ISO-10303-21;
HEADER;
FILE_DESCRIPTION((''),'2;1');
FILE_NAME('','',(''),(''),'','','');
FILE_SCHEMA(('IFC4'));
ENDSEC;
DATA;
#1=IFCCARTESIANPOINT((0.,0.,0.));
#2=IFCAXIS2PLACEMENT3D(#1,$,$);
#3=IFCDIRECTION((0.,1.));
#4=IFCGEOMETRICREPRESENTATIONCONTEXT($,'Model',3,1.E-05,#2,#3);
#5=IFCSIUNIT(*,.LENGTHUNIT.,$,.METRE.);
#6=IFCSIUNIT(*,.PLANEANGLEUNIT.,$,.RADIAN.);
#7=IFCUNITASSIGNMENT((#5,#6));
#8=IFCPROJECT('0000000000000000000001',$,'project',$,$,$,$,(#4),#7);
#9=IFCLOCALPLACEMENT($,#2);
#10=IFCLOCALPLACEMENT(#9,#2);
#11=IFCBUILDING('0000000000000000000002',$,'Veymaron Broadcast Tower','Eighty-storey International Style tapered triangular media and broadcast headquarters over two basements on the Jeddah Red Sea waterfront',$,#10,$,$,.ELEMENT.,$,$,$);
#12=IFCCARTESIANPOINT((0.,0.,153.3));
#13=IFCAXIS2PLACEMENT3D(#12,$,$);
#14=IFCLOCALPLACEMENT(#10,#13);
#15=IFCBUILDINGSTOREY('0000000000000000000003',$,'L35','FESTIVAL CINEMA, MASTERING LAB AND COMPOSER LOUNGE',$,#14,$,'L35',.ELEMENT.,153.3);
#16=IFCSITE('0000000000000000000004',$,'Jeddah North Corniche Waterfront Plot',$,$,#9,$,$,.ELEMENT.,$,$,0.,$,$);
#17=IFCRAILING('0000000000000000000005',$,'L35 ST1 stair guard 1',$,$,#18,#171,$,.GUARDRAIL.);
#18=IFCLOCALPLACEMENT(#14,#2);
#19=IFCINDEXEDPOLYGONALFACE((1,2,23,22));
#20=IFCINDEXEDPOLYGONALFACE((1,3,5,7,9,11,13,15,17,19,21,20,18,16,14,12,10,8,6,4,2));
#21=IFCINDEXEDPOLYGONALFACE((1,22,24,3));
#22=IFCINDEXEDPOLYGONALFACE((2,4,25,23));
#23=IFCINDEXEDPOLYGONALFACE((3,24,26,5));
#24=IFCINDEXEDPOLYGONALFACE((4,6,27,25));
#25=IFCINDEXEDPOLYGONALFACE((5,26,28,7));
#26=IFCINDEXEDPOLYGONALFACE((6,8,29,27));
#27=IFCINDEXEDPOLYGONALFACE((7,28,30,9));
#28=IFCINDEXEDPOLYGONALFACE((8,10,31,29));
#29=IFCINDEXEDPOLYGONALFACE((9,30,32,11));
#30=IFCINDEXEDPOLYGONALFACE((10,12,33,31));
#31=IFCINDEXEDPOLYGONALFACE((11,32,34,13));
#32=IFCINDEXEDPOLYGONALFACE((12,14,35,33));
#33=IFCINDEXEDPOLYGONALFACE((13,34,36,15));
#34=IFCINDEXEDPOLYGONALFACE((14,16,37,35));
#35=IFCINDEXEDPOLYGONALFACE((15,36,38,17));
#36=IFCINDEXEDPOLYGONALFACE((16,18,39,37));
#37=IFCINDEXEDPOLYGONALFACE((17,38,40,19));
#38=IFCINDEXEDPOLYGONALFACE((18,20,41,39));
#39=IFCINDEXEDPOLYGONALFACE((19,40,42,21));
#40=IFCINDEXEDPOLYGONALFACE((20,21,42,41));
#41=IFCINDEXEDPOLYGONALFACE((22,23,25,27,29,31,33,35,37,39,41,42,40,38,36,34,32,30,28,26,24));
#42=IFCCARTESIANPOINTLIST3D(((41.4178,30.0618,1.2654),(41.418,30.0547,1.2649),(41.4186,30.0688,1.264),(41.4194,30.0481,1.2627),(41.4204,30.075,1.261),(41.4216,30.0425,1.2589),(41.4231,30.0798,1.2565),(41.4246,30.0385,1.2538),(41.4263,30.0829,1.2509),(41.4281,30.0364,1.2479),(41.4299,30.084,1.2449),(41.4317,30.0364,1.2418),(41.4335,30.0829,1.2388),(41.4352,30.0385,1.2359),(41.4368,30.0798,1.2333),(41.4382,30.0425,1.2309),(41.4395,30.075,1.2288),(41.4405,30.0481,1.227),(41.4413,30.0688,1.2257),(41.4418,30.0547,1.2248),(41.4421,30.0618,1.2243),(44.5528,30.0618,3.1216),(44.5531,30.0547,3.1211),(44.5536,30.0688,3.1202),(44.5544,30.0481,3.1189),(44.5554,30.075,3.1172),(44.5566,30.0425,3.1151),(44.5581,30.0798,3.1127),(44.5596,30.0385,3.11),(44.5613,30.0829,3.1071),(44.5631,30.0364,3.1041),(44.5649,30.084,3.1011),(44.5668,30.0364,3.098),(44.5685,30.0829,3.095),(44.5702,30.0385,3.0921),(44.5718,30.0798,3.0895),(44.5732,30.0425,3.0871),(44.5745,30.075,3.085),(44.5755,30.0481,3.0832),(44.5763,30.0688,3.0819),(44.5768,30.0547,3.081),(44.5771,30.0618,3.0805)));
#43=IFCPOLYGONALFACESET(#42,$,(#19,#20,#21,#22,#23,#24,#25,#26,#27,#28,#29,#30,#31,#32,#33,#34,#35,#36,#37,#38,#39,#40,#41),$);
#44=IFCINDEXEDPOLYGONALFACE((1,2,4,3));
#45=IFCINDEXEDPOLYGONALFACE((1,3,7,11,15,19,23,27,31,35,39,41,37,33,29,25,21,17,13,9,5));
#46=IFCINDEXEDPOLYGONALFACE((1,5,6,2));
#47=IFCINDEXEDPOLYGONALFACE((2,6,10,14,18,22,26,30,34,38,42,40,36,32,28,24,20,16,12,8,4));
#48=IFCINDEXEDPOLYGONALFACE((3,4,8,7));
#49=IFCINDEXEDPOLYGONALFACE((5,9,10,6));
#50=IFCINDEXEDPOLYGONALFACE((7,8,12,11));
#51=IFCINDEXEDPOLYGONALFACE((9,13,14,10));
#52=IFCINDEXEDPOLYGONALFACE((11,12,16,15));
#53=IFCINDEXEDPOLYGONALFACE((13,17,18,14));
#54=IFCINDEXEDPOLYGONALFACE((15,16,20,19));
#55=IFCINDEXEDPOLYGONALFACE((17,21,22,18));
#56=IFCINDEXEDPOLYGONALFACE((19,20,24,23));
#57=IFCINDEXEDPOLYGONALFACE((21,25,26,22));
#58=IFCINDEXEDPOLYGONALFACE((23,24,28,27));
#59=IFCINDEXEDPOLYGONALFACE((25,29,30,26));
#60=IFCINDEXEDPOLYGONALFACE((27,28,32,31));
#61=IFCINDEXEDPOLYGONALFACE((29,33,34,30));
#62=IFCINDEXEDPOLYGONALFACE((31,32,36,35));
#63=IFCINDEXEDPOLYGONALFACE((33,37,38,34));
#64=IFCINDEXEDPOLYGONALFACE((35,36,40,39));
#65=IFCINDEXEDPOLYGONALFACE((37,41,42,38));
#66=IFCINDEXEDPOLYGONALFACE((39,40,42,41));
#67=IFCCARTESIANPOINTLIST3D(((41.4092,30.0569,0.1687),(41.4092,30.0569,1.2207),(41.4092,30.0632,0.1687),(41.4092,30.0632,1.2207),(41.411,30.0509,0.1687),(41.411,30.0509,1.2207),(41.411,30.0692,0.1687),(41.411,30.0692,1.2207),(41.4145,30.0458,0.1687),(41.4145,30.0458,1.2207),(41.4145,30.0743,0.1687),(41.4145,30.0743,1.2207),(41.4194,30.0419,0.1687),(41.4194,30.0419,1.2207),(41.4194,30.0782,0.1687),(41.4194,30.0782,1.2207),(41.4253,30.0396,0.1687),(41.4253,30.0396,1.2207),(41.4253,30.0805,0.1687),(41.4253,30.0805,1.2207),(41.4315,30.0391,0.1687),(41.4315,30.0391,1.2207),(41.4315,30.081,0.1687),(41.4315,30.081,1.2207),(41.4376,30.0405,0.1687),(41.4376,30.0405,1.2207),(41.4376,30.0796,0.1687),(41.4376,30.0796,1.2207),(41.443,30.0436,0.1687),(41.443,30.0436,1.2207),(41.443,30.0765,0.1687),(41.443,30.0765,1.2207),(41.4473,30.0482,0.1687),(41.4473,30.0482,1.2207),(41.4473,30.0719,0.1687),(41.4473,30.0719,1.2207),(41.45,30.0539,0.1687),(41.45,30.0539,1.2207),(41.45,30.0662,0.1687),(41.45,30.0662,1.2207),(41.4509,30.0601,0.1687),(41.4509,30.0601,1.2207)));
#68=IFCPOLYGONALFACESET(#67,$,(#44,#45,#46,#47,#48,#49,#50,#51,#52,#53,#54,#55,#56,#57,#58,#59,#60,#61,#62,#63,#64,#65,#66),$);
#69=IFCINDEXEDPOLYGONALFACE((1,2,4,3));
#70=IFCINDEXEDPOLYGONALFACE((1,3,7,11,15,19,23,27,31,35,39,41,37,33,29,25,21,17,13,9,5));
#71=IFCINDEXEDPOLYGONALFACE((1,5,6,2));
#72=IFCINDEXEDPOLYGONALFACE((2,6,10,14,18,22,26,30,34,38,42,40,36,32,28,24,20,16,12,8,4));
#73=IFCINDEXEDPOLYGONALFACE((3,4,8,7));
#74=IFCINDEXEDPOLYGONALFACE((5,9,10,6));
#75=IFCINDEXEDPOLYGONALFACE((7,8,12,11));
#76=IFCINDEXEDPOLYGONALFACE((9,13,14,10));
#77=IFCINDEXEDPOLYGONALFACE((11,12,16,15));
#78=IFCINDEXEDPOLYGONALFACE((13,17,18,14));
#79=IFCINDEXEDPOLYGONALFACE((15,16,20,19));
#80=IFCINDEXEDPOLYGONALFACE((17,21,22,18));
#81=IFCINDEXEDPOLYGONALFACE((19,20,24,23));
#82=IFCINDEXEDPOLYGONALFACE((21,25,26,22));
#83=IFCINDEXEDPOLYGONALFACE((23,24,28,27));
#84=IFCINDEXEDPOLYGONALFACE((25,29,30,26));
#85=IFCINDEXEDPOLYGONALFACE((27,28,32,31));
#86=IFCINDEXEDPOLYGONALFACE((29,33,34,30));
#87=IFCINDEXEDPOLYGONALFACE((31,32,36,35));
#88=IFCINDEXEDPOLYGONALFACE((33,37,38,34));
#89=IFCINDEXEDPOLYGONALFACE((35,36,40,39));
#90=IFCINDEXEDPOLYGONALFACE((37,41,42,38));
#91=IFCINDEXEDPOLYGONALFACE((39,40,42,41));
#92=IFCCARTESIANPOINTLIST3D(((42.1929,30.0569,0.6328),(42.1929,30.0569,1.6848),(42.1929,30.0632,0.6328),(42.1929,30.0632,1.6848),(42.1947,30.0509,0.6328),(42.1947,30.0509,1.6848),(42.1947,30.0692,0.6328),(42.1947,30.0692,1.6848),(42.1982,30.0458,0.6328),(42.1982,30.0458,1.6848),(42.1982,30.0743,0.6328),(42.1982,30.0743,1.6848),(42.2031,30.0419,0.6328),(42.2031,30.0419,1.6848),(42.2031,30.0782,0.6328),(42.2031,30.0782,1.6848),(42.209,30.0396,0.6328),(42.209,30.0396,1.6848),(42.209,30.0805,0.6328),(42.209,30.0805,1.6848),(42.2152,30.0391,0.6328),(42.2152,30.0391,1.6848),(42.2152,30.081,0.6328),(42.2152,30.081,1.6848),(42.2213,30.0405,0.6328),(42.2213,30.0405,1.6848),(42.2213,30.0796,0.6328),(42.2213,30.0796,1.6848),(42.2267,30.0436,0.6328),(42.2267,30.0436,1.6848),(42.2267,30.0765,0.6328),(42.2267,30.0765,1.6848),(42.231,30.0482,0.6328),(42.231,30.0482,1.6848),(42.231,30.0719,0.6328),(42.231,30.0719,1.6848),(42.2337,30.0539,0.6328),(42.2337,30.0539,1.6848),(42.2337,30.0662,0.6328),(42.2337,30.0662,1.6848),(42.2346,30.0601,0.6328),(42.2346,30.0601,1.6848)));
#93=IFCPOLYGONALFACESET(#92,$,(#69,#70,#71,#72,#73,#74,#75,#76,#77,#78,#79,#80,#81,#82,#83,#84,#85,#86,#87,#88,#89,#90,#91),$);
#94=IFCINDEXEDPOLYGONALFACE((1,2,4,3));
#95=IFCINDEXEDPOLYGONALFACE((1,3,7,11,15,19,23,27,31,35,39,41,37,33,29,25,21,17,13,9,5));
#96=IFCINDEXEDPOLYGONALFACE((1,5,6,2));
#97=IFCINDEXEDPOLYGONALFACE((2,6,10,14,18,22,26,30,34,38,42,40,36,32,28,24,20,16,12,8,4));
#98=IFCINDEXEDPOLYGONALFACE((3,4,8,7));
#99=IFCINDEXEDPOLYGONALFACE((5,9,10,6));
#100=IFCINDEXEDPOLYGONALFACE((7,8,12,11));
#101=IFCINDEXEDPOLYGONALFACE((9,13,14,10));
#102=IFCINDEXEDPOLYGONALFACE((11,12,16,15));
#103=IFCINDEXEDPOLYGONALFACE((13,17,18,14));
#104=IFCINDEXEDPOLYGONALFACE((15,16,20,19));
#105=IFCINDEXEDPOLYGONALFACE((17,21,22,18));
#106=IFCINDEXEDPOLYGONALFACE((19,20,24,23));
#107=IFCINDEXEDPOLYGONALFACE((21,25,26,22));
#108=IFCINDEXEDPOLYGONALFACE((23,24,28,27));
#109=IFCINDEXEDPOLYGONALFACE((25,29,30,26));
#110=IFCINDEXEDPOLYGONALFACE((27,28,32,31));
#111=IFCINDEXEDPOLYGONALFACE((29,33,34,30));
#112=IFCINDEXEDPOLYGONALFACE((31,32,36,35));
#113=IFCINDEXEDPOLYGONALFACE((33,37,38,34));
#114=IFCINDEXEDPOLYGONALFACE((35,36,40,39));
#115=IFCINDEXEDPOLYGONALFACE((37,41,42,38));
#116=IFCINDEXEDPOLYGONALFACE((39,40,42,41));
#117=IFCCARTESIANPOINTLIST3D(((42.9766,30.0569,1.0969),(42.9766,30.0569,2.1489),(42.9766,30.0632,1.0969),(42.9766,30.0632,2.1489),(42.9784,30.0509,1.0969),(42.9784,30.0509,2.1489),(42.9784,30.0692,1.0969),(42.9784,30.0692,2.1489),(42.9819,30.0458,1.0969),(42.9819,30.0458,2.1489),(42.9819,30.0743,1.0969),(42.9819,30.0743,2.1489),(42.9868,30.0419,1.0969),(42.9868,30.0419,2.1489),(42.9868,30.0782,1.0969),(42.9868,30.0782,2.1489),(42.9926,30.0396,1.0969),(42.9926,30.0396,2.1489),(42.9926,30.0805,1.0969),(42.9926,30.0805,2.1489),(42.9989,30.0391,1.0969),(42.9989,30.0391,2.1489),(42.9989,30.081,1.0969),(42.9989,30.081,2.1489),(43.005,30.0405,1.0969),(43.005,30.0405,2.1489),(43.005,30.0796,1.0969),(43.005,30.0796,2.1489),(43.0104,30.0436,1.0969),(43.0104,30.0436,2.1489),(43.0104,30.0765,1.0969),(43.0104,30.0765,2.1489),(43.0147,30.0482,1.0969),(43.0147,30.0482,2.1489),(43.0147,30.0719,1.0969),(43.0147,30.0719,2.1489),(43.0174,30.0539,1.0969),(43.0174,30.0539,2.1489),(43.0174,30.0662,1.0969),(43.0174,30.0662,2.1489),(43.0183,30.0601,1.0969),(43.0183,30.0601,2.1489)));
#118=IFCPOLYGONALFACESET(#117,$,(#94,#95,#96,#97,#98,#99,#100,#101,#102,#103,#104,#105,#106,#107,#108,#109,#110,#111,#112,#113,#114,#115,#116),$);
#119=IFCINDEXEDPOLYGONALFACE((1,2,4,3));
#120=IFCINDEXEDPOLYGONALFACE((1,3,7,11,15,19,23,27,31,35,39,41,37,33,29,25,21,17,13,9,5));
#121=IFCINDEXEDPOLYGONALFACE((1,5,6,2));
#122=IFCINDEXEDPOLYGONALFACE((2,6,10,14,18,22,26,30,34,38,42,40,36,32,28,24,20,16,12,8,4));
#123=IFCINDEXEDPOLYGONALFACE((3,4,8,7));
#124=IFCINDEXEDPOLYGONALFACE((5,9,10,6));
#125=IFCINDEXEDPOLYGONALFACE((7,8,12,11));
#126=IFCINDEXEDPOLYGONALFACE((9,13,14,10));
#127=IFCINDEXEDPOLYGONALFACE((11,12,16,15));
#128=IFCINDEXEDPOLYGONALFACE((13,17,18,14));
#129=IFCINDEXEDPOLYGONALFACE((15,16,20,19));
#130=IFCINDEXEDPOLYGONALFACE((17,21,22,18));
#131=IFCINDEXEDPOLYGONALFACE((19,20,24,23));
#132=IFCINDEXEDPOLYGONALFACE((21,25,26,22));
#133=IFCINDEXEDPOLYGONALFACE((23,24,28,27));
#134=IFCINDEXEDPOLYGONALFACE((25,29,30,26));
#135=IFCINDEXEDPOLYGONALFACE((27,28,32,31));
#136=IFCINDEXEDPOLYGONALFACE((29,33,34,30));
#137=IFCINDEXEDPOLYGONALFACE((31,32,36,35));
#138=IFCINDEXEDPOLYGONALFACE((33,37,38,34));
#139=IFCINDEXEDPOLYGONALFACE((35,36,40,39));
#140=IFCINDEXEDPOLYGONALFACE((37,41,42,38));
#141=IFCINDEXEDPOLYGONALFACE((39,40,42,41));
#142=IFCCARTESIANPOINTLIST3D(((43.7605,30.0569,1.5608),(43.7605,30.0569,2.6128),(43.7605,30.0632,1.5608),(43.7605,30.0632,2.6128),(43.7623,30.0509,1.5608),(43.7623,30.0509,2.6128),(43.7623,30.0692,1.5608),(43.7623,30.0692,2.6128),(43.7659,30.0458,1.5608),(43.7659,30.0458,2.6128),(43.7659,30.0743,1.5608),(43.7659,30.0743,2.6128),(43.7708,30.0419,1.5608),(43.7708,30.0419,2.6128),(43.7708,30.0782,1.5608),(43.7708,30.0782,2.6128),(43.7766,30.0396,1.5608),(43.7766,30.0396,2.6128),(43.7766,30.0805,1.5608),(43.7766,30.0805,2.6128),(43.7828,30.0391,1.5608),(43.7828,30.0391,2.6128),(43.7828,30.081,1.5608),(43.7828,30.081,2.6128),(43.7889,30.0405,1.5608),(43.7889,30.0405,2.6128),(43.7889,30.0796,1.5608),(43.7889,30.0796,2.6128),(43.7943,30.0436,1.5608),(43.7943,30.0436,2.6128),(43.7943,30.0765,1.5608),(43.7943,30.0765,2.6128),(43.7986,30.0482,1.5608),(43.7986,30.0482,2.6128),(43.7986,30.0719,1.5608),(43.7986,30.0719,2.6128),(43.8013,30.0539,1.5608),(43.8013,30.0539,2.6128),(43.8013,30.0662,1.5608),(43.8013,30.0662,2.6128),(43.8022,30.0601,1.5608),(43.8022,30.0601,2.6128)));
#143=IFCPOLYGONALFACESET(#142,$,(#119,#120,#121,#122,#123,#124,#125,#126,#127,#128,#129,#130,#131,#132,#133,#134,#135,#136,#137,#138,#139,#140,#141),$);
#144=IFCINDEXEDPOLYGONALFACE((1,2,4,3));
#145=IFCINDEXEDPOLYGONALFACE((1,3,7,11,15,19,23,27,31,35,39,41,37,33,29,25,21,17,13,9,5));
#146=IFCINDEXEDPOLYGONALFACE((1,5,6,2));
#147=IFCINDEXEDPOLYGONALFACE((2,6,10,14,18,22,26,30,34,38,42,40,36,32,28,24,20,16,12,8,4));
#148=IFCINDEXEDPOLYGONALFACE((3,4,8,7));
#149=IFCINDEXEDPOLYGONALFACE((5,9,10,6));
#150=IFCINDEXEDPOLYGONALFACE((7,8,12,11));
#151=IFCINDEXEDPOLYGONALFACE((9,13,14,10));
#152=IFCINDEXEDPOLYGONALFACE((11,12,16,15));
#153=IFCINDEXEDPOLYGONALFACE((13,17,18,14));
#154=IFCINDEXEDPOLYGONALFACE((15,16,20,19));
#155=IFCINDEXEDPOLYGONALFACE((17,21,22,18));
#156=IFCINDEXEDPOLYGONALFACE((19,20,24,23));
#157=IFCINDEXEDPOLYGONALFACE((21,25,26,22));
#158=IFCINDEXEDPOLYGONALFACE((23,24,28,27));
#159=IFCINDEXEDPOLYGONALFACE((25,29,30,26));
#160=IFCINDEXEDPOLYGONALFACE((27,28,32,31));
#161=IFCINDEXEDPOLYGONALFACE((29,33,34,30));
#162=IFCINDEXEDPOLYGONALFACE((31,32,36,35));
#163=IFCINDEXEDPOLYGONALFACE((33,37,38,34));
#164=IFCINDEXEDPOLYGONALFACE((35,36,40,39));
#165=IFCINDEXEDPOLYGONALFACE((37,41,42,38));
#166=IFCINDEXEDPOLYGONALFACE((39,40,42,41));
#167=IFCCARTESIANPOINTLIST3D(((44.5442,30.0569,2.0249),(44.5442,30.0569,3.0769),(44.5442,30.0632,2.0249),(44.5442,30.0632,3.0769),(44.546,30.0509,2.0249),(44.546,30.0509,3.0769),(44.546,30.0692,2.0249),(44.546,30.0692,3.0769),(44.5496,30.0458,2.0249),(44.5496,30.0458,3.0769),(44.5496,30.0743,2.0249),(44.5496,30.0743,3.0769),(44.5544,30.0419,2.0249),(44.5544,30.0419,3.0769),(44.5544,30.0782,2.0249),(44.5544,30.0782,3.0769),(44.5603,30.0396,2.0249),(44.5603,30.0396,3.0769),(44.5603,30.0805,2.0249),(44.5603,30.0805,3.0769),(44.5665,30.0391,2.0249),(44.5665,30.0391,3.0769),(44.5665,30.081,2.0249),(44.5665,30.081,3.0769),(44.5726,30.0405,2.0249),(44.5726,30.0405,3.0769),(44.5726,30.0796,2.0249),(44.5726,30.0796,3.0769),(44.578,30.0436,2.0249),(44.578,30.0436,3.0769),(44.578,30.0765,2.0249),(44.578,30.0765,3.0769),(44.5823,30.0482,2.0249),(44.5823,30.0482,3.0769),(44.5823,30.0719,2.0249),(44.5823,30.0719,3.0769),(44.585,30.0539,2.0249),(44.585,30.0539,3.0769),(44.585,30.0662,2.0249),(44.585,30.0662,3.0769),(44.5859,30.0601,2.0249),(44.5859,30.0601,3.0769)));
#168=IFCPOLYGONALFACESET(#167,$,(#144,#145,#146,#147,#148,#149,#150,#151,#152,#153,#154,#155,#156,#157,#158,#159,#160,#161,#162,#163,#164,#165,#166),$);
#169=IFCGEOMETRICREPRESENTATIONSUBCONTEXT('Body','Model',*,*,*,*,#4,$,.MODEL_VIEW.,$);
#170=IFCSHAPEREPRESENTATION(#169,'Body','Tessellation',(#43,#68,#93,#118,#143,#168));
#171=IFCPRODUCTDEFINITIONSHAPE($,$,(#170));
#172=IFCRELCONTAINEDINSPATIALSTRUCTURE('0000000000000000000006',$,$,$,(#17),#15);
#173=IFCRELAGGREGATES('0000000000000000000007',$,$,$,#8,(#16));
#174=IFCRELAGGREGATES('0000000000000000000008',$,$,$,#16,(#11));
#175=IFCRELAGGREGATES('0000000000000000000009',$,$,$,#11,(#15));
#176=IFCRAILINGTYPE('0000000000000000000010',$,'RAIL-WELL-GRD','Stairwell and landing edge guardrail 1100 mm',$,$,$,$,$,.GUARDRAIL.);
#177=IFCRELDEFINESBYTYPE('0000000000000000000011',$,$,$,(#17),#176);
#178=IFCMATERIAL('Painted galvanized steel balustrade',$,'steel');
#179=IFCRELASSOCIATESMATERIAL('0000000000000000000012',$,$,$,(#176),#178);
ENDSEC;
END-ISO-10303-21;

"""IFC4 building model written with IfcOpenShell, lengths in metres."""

from ifc_helpers import new_model, si_unit, direction, frame, origin, origin_2d, place, context, subcontext, project, spatial, circle, extrude, material, type_object, element, save


model = new_model("IFC4")

# Units and contexts
model_context = context("Model", 3, precision=1e-05, world=origin(), true_north=direction((0.0, 1.0)))
body_context = subcontext(model_context, "Body", "Model", "MODEL_VIEW")
ifc_project = project(units=[si_unit("LENGTHUNIT", "METRE"), si_unit("PLANEANGLEUNIT", "RADIAN")], contexts=[model_context])

# Site, building, storey
site_placement = place(None, origin())
site = spatial("IfcSite", under=ifc_project, at=site_placement, Name="Jeddah North Corniche Waterfront Plot", CompositionType="ELEMENT", RefElevation=0.0)
building_placement = place(site_placement, origin())
building = spatial("IfcBuilding", under=site, at=building_placement, Name="Veymaron Broadcast Tower", Description="Eighty-storey International Style tapered triangular media and broadcast headquarters over two basements on the Jeddah Red Sea waterfront", CompositionType="ELEMENT")
storey_placement = place(building_placement, frame((0.0, 0.0, 153.3)))
storey = spatial("IfcBuildingStorey", under=building, at=storey_placement, Name="L35", Description="FESTIVAL CINEMA, MASTERING LAB AND COMPOSER LOUNGE", LongName="L35", CompositionType="ELEMENT", Elevation=153.3)

# Railing
ifc_material_1 = material(Name="Painted galvanized steel balustrade", Category="steel")
railing_type_1 = type_object("IfcRailingType", Name="RAIL-WELL-GRD", Description="Stairwell and landing edge guardrail 1100 mm", PredefinedType="GUARDRAIL", material=ifc_material_1)
railing_1_placement = place(storey_placement, frame((41.4299, 30.0601, 0.1687)))
element("IfcRailing", 1, at=railing_1_placement, inside=storey, type_object=railing_type_1, Name="L35 ST1 stair guard 1", PredefinedType="GUARDRAIL", context=body_context, shape_type="SweptSolid", body=[
    extrude(circle(Radius=0.0239, at=origin_2d()), frame((0.0, 0.0, 1.0762), z_axis=(0.860482, 0.0, 0.509481), x_axis=(0.0, 1.0, 0.0)), (0.0, 0.0, 1.0), 3.6433),
    extrude(circle(Radius=0.021, at=origin_2d()), origin(), (0.0, 0.0, 1.0), 1.052),
    extrude(circle(Radius=0.021, at=origin_2d()), frame((0.7837, 0.0, 0.4641)), (0.0, 0.0, 1.0), 1.052),
    extrude(circle(Radius=0.021, at=origin_2d()), frame((1.5674, 0.0, 0.9282)), (0.0, 0.0, 1.0), 1.052),
    extrude(circle(Radius=0.021, at=origin_2d()), frame((2.3513, 0.0, 1.3921)), (0.0, 0.0, 1.0), 1.052),
    extrude(circle(Radius=0.021, at=origin_2d()), frame((3.135, 0.0, 1.8562)), (0.0, 0.0, 1.0), 1.052),
])

save(model, "model.ifc")
